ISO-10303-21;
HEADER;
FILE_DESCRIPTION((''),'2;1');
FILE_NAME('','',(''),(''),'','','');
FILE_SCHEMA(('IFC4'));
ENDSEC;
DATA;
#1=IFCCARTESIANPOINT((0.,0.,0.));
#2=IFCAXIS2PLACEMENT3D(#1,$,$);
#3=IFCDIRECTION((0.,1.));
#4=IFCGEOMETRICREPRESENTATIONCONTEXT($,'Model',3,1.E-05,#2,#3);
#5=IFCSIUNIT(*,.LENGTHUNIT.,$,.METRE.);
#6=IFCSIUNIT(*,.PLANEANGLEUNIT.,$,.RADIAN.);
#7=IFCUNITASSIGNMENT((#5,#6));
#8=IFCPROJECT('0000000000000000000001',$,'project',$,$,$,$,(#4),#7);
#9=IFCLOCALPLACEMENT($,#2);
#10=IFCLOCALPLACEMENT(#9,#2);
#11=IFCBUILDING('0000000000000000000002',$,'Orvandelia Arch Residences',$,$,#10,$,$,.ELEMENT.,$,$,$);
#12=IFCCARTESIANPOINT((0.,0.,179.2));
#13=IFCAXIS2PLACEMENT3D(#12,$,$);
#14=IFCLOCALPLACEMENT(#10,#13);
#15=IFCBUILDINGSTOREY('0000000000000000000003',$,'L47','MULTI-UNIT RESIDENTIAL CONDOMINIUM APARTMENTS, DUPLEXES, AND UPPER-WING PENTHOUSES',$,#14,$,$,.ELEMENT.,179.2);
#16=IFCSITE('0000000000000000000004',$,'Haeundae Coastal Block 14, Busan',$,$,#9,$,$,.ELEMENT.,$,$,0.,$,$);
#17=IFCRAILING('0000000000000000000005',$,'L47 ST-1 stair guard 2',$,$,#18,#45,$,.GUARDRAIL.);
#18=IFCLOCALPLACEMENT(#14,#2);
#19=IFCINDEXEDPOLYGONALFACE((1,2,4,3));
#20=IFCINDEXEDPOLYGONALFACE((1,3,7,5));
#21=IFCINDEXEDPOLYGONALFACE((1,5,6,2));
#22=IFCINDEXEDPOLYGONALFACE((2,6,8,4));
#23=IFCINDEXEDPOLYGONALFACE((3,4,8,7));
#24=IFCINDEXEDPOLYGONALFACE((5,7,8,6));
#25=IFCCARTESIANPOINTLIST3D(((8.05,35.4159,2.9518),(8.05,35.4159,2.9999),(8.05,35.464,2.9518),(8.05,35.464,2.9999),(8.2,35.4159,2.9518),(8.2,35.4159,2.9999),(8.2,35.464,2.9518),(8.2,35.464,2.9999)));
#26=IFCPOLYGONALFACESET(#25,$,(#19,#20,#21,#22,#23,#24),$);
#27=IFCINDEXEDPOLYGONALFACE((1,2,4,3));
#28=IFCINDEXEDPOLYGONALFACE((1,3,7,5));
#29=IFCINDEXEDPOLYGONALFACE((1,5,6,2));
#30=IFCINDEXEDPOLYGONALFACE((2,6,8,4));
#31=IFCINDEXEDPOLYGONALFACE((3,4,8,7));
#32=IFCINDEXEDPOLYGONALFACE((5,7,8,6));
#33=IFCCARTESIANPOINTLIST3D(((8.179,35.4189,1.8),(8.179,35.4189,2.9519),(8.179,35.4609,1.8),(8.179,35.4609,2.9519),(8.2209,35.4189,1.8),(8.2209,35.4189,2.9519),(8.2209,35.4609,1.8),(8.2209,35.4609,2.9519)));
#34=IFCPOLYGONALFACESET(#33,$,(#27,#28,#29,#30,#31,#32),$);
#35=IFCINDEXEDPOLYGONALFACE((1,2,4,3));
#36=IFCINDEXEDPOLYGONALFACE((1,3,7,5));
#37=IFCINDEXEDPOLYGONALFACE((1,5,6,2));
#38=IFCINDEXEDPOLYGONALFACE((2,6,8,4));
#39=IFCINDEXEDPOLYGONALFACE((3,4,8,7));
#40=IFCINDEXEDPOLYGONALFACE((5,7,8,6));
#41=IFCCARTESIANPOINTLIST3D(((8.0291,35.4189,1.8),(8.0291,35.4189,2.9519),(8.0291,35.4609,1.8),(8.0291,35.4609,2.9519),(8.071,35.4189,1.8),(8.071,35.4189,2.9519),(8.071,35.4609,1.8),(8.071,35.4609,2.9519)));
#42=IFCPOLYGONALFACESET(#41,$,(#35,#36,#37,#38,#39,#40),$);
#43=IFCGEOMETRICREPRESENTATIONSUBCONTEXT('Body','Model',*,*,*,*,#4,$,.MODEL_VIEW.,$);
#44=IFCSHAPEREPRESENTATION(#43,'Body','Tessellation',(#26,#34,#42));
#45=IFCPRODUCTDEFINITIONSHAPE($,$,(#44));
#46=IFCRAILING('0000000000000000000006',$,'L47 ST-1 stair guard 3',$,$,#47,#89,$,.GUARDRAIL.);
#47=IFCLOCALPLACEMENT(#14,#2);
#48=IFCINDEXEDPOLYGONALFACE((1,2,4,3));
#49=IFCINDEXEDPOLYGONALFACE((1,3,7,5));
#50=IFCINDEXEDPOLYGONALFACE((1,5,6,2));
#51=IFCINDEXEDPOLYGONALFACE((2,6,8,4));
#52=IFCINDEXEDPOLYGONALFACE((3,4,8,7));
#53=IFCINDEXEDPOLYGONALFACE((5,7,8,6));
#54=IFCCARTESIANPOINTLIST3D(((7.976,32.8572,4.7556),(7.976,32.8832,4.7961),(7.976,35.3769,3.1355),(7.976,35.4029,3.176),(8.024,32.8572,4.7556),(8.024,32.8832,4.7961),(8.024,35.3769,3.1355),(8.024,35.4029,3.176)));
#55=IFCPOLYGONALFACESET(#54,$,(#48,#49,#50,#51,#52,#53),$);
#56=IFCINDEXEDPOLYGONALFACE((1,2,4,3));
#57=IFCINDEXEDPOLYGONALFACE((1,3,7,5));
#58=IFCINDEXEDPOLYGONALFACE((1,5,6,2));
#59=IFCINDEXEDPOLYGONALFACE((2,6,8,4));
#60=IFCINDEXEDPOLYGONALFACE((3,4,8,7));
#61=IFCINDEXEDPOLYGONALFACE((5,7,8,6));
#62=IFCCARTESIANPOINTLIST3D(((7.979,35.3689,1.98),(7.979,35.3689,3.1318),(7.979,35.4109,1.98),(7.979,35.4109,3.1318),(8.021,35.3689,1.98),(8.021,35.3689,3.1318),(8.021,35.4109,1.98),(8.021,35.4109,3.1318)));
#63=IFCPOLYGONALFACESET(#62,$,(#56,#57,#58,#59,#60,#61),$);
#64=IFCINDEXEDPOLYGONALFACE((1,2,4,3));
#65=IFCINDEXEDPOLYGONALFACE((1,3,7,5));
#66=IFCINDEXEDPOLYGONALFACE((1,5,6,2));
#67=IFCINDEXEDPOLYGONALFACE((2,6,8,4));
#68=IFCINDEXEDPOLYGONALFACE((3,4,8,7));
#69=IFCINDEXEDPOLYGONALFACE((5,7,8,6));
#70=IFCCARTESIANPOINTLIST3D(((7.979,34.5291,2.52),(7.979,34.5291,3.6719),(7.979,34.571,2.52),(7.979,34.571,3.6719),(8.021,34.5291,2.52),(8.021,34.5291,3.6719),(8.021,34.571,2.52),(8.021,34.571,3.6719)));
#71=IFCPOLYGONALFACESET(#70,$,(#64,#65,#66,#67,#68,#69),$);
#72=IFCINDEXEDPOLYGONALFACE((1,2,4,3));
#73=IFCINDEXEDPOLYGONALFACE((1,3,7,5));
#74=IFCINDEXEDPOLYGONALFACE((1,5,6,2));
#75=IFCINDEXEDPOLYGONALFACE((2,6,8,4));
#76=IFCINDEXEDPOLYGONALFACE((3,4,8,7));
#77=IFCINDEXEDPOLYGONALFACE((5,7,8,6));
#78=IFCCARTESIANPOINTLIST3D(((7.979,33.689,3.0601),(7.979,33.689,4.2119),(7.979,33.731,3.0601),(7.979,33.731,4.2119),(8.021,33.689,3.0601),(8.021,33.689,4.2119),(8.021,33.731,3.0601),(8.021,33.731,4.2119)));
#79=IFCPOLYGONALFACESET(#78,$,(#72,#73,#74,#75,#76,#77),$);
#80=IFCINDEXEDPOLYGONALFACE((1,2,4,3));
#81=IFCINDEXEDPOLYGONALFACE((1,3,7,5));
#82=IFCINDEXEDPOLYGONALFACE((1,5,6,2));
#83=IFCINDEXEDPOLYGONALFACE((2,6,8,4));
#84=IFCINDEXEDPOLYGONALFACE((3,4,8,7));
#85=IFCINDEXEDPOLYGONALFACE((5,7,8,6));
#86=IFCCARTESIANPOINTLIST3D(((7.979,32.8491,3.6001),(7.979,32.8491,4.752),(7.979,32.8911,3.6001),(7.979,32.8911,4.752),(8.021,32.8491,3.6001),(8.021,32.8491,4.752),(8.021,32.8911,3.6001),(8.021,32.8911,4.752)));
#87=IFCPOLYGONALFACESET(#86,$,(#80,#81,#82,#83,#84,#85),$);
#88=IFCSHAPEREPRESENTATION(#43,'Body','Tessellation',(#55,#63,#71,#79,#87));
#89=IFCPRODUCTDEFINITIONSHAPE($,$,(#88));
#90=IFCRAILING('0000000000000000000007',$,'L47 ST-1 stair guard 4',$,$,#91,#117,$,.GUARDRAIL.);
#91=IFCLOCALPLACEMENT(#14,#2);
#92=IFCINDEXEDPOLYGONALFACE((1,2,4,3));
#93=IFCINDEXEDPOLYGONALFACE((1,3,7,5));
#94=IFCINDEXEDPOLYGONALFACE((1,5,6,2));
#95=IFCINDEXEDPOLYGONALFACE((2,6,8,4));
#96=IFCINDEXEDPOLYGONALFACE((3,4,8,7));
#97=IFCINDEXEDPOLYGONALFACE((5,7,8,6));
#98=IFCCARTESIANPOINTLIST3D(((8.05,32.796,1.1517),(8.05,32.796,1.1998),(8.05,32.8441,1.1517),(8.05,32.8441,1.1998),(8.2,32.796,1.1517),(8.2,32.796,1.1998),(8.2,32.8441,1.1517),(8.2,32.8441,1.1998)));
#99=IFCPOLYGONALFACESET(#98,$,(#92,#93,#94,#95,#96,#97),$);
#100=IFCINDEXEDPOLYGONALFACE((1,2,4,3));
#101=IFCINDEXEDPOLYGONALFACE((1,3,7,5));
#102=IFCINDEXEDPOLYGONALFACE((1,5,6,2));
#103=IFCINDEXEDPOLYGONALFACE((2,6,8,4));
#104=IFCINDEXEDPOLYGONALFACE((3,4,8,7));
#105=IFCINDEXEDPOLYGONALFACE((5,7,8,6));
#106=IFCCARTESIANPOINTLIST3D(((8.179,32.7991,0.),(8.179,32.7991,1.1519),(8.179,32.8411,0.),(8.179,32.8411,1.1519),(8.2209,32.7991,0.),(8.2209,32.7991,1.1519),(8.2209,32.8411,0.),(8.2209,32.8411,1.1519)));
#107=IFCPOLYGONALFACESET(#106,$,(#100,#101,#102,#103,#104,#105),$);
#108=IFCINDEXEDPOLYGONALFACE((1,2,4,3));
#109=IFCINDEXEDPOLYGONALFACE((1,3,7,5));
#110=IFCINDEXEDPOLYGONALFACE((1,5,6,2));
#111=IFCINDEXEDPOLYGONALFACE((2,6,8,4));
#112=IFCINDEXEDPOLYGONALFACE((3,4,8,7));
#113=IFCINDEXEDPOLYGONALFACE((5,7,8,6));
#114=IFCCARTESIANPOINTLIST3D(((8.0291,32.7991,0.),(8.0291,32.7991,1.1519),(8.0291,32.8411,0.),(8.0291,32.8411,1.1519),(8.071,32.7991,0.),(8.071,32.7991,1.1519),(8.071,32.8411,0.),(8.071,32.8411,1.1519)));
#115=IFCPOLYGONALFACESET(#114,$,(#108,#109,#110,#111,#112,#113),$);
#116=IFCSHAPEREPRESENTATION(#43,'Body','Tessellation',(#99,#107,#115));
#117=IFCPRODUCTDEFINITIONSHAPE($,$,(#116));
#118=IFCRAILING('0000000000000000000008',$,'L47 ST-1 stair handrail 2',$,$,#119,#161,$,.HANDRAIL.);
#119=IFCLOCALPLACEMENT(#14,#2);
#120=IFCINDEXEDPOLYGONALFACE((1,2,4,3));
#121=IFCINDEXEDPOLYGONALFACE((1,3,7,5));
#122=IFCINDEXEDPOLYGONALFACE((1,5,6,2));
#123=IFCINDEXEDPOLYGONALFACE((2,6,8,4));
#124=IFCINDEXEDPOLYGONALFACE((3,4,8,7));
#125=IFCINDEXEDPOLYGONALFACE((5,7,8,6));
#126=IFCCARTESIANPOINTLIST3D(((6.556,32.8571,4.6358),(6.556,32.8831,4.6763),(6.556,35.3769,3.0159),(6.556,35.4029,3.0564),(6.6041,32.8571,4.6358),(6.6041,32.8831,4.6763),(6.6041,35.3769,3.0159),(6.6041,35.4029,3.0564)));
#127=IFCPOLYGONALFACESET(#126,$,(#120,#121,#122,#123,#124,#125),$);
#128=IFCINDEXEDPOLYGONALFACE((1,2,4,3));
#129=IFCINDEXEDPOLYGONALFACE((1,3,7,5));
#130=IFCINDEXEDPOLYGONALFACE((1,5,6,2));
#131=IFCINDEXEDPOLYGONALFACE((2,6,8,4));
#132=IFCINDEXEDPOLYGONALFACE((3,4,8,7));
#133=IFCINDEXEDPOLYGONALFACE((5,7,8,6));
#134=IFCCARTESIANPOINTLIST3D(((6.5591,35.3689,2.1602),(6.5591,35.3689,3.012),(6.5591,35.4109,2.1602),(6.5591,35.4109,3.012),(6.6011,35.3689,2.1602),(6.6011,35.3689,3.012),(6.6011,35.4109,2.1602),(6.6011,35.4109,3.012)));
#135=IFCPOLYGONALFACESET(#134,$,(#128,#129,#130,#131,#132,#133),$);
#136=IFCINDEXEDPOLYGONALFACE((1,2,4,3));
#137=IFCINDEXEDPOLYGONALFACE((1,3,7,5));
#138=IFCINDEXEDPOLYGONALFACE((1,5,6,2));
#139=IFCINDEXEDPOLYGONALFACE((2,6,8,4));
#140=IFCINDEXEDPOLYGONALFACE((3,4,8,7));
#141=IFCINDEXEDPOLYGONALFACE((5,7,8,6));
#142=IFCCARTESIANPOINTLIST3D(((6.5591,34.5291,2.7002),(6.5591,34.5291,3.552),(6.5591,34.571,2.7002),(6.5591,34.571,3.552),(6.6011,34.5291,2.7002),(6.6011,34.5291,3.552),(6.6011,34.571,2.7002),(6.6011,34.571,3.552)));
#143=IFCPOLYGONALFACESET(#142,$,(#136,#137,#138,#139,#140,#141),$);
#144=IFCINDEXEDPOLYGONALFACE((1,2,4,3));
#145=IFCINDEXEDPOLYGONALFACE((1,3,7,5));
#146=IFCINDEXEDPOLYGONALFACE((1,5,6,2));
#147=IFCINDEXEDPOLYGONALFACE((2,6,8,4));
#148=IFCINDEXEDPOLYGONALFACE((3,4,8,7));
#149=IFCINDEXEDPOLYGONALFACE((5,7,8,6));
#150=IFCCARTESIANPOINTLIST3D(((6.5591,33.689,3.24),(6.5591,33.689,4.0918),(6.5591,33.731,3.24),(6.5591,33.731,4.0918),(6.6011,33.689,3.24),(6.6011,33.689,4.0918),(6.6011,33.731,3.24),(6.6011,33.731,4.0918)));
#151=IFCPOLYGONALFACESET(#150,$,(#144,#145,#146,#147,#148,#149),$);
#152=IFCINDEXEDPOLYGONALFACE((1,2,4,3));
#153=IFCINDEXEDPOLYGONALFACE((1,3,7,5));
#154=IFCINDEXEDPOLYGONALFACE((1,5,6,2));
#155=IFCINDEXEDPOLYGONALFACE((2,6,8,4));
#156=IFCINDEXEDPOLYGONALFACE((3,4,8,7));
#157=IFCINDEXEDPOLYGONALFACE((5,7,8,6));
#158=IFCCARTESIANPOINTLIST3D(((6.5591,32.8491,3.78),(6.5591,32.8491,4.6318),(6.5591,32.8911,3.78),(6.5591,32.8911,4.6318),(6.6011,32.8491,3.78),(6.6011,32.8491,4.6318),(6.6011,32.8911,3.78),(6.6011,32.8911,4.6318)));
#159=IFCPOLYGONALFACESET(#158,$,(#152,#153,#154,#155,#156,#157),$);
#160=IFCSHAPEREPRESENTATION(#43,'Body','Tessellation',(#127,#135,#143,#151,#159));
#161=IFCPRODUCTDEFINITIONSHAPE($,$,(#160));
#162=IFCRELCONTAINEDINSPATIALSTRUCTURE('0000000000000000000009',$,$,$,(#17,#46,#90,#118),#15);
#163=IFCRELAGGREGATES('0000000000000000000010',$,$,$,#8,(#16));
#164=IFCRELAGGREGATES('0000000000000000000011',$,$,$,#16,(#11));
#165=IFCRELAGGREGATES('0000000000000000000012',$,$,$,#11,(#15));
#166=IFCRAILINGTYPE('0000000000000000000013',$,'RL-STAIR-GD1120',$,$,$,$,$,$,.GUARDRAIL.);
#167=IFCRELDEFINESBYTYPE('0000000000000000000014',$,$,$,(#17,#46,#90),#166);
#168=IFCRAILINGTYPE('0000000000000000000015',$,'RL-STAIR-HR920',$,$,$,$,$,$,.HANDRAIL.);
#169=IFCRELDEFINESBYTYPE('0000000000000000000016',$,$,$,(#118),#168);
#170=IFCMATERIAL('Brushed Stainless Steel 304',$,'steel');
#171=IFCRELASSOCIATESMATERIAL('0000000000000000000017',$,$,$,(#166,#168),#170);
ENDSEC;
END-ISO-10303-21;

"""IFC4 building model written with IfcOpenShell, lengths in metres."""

from ifc_helpers import new_model, si_unit, direction, frame, origin, origin_2d, place, context, subcontext, project, spatial, rectangle, extrude, material, type_object, element, save


model = new_model("IFC4")

# Units and contexts
model_context = context("Model", 3, precision=1e-05, world=origin(), true_north=direction((0.0, 1.0)))
body_context = subcontext(model_context, "Body", "Model", "MODEL_VIEW")
ifc_project = project(units=[si_unit("LENGTHUNIT", "METRE"), si_unit("PLANEANGLEUNIT", "RADIAN")], contexts=[model_context])

# Site, building, storey
site_placement = place(None, origin())
site = spatial("IfcSite", under=ifc_project, at=site_placement, Name="Haeundae Coastal Block 14, Busan", CompositionType="ELEMENT", RefElevation=0.0)
building_placement = place(site_placement, origin())
building = spatial("IfcBuilding", under=site, at=building_placement, Name="Orvandelia Arch Residences", CompositionType="ELEMENT")
storey_placement = place(building_placement, frame((0.0, 0.0, 179.2)))
storey = spatial("IfcBuildingStorey", under=building, at=storey_placement, Name="L47", Description="MULTI-UNIT RESIDENTIAL CONDOMINIUM APARTMENTS, DUPLEXES, AND UPPER-WING PENTHOUSES", CompositionType="ELEMENT", Elevation=179.2)

# Railings
ifc_material_1 = material(Name="Brushed Stainless Steel 304", Category="steel")
railing_type_1 = type_object("IfcRailingType", Name="RL-STAIR-GD1120", PredefinedType="GUARDRAIL", material=ifc_material_1)
railing_1_placement = place(storey_placement, frame((8.2, 35.4399, 1.8)))
element("IfcRailing", 1, at=railing_1_placement, inside=storey, type_object=railing_type_1, Name="L47 ST-1 stair guard 2", PredefinedType="GUARDRAIL", context=body_context, shape_type="SweptSolid", body=[
    extrude(rectangle(XDim=0.0481, YDim=0.0481, at=origin_2d()), frame((0.0, 0.0, 1.1758), z_axis=(-1.0, 0.0, 0.0), x_axis=(0.0, -1.0, 0.0)), (0.0, 0.0, 1.0), 0.1499),
    extrude(rectangle(XDim=0.042, YDim=0.042, at=origin_2d()), origin(), (0.0, 0.0, 1.0), 1.1519),
    extrude(rectangle(XDim=0.042, YDim=0.042, at=origin_2d()), frame((-0.1499, 0.0, 0.0)), (0.0, 0.0, 1.0), 1.1519),
])
railing_2_placement = place(storey_placement, frame((8.0, 35.3899, 1.98)))
element("IfcRailing", 2, at=railing_2_placement, inside=storey, type_object=railing_type_1, Name="L47 ST-1 stair guard 3", PredefinedType="GUARDRAIL", context=body_context, shape_type="SweptSolid", body=[
    extrude(rectangle(XDim=0.0481, YDim=0.0481, at=origin_2d()), frame((0.0, 0.0, 1.1758), z_axis=(0.0, -0.841139, 0.540819), x_axis=(1.0, 0.0, 0.0)), (0.0, 0.0, 1.0), 2.9956),
    extrude(rectangle(XDim=0.042, YDim=0.042, at=origin_2d()), origin(), (0.0, 0.0, 1.0), 1.1519),
    extrude(rectangle(XDim=0.042, YDim=0.042, at=origin_2d()), frame((0.0, -0.8398, 0.54)), (0.0, 0.0, 1.0), 1.1519),
    extrude(rectangle(XDim=0.042, YDim=0.042, at=origin_2d()), frame((0.0, -1.6799, 1.0801)), (0.0, 0.0, 1.0), 1.1519),
    extrude(rectangle(XDim=0.042, YDim=0.042, at=origin_2d()), frame((0.0, -2.5198, 1.6201)), (0.0, 0.0, 1.0), 1.1519),
])
railing_3_placement = place(storey_placement, frame((8.2, 32.8201, 0.0)))
element("IfcRailing", 3, at=railing_3_placement, inside=storey, type_object=railing_type_1, Name="L47 ST-1 stair guard 4", PredefinedType="GUARDRAIL", context=body_context, shape_type="SweptSolid", body=[
    extrude(rectangle(XDim=0.0481, YDim=0.0481, at=origin_2d()), frame((0.0, 0.0, 1.1758), z_axis=(-1.0, 0.0, 0.0), x_axis=(0.0, -1.0, 0.0)), (0.0, 0.0, 1.0), 0.1499),
    extrude(rectangle(XDim=0.042, YDim=0.042, at=origin_2d()), origin(), (0.0, 0.0, 1.0), 1.1519),
    extrude(rectangle(XDim=0.042, YDim=0.042, at=origin_2d()), frame((-0.1499, 0.0, 0.0)), (0.0, 0.0, 1.0), 1.1519),
])
railing_type_2 = type_object("IfcRailingType", Name="RL-STAIR-HR920", PredefinedType="HANDRAIL", material=ifc_material_1)
railing_4_placement = place(storey_placement, frame((6.5801, 35.3899, 2.1602)))
element("IfcRailing", 4, at=railing_4_placement, inside=storey, type_object=railing_type_2, Name="L47 ST-1 stair handrail 2", PredefinedType="HANDRAIL", context=body_context, shape_type="SweptSolid", body=[
    extrude(rectangle(XDim=0.0481, YDim=0.0481, at=origin_2d()), frame((0.0, 0.0, 0.876), z_axis=(0.0, -0.841176, 0.540762), x_axis=(1.0, 0.0, 0.0)), (0.0, 0.0, 1.0), 2.9956),
    extrude(rectangle(XDim=0.042, YDim=0.042, at=origin_2d()), origin(), (0.0, 0.0, 1.0), 0.8518),
    extrude(rectangle(XDim=0.042, YDim=0.042, at=origin_2d()), frame((0.0, -0.8398, 0.54)), (0.0, 0.0, 1.0), 0.8518),
    extrude(rectangle(XDim=0.042, YDim=0.042, at=origin_2d()), frame((0.0, -1.6799, 1.0798)), (0.0, 0.0, 1.0), 0.8518),
    extrude(rectangle(XDim=0.042, YDim=0.042, at=origin_2d()), frame((0.0, -2.5198, 1.6199)), (0.0, 0.0, 1.0), 0.8518),
])

save(model, "model.ifc")
